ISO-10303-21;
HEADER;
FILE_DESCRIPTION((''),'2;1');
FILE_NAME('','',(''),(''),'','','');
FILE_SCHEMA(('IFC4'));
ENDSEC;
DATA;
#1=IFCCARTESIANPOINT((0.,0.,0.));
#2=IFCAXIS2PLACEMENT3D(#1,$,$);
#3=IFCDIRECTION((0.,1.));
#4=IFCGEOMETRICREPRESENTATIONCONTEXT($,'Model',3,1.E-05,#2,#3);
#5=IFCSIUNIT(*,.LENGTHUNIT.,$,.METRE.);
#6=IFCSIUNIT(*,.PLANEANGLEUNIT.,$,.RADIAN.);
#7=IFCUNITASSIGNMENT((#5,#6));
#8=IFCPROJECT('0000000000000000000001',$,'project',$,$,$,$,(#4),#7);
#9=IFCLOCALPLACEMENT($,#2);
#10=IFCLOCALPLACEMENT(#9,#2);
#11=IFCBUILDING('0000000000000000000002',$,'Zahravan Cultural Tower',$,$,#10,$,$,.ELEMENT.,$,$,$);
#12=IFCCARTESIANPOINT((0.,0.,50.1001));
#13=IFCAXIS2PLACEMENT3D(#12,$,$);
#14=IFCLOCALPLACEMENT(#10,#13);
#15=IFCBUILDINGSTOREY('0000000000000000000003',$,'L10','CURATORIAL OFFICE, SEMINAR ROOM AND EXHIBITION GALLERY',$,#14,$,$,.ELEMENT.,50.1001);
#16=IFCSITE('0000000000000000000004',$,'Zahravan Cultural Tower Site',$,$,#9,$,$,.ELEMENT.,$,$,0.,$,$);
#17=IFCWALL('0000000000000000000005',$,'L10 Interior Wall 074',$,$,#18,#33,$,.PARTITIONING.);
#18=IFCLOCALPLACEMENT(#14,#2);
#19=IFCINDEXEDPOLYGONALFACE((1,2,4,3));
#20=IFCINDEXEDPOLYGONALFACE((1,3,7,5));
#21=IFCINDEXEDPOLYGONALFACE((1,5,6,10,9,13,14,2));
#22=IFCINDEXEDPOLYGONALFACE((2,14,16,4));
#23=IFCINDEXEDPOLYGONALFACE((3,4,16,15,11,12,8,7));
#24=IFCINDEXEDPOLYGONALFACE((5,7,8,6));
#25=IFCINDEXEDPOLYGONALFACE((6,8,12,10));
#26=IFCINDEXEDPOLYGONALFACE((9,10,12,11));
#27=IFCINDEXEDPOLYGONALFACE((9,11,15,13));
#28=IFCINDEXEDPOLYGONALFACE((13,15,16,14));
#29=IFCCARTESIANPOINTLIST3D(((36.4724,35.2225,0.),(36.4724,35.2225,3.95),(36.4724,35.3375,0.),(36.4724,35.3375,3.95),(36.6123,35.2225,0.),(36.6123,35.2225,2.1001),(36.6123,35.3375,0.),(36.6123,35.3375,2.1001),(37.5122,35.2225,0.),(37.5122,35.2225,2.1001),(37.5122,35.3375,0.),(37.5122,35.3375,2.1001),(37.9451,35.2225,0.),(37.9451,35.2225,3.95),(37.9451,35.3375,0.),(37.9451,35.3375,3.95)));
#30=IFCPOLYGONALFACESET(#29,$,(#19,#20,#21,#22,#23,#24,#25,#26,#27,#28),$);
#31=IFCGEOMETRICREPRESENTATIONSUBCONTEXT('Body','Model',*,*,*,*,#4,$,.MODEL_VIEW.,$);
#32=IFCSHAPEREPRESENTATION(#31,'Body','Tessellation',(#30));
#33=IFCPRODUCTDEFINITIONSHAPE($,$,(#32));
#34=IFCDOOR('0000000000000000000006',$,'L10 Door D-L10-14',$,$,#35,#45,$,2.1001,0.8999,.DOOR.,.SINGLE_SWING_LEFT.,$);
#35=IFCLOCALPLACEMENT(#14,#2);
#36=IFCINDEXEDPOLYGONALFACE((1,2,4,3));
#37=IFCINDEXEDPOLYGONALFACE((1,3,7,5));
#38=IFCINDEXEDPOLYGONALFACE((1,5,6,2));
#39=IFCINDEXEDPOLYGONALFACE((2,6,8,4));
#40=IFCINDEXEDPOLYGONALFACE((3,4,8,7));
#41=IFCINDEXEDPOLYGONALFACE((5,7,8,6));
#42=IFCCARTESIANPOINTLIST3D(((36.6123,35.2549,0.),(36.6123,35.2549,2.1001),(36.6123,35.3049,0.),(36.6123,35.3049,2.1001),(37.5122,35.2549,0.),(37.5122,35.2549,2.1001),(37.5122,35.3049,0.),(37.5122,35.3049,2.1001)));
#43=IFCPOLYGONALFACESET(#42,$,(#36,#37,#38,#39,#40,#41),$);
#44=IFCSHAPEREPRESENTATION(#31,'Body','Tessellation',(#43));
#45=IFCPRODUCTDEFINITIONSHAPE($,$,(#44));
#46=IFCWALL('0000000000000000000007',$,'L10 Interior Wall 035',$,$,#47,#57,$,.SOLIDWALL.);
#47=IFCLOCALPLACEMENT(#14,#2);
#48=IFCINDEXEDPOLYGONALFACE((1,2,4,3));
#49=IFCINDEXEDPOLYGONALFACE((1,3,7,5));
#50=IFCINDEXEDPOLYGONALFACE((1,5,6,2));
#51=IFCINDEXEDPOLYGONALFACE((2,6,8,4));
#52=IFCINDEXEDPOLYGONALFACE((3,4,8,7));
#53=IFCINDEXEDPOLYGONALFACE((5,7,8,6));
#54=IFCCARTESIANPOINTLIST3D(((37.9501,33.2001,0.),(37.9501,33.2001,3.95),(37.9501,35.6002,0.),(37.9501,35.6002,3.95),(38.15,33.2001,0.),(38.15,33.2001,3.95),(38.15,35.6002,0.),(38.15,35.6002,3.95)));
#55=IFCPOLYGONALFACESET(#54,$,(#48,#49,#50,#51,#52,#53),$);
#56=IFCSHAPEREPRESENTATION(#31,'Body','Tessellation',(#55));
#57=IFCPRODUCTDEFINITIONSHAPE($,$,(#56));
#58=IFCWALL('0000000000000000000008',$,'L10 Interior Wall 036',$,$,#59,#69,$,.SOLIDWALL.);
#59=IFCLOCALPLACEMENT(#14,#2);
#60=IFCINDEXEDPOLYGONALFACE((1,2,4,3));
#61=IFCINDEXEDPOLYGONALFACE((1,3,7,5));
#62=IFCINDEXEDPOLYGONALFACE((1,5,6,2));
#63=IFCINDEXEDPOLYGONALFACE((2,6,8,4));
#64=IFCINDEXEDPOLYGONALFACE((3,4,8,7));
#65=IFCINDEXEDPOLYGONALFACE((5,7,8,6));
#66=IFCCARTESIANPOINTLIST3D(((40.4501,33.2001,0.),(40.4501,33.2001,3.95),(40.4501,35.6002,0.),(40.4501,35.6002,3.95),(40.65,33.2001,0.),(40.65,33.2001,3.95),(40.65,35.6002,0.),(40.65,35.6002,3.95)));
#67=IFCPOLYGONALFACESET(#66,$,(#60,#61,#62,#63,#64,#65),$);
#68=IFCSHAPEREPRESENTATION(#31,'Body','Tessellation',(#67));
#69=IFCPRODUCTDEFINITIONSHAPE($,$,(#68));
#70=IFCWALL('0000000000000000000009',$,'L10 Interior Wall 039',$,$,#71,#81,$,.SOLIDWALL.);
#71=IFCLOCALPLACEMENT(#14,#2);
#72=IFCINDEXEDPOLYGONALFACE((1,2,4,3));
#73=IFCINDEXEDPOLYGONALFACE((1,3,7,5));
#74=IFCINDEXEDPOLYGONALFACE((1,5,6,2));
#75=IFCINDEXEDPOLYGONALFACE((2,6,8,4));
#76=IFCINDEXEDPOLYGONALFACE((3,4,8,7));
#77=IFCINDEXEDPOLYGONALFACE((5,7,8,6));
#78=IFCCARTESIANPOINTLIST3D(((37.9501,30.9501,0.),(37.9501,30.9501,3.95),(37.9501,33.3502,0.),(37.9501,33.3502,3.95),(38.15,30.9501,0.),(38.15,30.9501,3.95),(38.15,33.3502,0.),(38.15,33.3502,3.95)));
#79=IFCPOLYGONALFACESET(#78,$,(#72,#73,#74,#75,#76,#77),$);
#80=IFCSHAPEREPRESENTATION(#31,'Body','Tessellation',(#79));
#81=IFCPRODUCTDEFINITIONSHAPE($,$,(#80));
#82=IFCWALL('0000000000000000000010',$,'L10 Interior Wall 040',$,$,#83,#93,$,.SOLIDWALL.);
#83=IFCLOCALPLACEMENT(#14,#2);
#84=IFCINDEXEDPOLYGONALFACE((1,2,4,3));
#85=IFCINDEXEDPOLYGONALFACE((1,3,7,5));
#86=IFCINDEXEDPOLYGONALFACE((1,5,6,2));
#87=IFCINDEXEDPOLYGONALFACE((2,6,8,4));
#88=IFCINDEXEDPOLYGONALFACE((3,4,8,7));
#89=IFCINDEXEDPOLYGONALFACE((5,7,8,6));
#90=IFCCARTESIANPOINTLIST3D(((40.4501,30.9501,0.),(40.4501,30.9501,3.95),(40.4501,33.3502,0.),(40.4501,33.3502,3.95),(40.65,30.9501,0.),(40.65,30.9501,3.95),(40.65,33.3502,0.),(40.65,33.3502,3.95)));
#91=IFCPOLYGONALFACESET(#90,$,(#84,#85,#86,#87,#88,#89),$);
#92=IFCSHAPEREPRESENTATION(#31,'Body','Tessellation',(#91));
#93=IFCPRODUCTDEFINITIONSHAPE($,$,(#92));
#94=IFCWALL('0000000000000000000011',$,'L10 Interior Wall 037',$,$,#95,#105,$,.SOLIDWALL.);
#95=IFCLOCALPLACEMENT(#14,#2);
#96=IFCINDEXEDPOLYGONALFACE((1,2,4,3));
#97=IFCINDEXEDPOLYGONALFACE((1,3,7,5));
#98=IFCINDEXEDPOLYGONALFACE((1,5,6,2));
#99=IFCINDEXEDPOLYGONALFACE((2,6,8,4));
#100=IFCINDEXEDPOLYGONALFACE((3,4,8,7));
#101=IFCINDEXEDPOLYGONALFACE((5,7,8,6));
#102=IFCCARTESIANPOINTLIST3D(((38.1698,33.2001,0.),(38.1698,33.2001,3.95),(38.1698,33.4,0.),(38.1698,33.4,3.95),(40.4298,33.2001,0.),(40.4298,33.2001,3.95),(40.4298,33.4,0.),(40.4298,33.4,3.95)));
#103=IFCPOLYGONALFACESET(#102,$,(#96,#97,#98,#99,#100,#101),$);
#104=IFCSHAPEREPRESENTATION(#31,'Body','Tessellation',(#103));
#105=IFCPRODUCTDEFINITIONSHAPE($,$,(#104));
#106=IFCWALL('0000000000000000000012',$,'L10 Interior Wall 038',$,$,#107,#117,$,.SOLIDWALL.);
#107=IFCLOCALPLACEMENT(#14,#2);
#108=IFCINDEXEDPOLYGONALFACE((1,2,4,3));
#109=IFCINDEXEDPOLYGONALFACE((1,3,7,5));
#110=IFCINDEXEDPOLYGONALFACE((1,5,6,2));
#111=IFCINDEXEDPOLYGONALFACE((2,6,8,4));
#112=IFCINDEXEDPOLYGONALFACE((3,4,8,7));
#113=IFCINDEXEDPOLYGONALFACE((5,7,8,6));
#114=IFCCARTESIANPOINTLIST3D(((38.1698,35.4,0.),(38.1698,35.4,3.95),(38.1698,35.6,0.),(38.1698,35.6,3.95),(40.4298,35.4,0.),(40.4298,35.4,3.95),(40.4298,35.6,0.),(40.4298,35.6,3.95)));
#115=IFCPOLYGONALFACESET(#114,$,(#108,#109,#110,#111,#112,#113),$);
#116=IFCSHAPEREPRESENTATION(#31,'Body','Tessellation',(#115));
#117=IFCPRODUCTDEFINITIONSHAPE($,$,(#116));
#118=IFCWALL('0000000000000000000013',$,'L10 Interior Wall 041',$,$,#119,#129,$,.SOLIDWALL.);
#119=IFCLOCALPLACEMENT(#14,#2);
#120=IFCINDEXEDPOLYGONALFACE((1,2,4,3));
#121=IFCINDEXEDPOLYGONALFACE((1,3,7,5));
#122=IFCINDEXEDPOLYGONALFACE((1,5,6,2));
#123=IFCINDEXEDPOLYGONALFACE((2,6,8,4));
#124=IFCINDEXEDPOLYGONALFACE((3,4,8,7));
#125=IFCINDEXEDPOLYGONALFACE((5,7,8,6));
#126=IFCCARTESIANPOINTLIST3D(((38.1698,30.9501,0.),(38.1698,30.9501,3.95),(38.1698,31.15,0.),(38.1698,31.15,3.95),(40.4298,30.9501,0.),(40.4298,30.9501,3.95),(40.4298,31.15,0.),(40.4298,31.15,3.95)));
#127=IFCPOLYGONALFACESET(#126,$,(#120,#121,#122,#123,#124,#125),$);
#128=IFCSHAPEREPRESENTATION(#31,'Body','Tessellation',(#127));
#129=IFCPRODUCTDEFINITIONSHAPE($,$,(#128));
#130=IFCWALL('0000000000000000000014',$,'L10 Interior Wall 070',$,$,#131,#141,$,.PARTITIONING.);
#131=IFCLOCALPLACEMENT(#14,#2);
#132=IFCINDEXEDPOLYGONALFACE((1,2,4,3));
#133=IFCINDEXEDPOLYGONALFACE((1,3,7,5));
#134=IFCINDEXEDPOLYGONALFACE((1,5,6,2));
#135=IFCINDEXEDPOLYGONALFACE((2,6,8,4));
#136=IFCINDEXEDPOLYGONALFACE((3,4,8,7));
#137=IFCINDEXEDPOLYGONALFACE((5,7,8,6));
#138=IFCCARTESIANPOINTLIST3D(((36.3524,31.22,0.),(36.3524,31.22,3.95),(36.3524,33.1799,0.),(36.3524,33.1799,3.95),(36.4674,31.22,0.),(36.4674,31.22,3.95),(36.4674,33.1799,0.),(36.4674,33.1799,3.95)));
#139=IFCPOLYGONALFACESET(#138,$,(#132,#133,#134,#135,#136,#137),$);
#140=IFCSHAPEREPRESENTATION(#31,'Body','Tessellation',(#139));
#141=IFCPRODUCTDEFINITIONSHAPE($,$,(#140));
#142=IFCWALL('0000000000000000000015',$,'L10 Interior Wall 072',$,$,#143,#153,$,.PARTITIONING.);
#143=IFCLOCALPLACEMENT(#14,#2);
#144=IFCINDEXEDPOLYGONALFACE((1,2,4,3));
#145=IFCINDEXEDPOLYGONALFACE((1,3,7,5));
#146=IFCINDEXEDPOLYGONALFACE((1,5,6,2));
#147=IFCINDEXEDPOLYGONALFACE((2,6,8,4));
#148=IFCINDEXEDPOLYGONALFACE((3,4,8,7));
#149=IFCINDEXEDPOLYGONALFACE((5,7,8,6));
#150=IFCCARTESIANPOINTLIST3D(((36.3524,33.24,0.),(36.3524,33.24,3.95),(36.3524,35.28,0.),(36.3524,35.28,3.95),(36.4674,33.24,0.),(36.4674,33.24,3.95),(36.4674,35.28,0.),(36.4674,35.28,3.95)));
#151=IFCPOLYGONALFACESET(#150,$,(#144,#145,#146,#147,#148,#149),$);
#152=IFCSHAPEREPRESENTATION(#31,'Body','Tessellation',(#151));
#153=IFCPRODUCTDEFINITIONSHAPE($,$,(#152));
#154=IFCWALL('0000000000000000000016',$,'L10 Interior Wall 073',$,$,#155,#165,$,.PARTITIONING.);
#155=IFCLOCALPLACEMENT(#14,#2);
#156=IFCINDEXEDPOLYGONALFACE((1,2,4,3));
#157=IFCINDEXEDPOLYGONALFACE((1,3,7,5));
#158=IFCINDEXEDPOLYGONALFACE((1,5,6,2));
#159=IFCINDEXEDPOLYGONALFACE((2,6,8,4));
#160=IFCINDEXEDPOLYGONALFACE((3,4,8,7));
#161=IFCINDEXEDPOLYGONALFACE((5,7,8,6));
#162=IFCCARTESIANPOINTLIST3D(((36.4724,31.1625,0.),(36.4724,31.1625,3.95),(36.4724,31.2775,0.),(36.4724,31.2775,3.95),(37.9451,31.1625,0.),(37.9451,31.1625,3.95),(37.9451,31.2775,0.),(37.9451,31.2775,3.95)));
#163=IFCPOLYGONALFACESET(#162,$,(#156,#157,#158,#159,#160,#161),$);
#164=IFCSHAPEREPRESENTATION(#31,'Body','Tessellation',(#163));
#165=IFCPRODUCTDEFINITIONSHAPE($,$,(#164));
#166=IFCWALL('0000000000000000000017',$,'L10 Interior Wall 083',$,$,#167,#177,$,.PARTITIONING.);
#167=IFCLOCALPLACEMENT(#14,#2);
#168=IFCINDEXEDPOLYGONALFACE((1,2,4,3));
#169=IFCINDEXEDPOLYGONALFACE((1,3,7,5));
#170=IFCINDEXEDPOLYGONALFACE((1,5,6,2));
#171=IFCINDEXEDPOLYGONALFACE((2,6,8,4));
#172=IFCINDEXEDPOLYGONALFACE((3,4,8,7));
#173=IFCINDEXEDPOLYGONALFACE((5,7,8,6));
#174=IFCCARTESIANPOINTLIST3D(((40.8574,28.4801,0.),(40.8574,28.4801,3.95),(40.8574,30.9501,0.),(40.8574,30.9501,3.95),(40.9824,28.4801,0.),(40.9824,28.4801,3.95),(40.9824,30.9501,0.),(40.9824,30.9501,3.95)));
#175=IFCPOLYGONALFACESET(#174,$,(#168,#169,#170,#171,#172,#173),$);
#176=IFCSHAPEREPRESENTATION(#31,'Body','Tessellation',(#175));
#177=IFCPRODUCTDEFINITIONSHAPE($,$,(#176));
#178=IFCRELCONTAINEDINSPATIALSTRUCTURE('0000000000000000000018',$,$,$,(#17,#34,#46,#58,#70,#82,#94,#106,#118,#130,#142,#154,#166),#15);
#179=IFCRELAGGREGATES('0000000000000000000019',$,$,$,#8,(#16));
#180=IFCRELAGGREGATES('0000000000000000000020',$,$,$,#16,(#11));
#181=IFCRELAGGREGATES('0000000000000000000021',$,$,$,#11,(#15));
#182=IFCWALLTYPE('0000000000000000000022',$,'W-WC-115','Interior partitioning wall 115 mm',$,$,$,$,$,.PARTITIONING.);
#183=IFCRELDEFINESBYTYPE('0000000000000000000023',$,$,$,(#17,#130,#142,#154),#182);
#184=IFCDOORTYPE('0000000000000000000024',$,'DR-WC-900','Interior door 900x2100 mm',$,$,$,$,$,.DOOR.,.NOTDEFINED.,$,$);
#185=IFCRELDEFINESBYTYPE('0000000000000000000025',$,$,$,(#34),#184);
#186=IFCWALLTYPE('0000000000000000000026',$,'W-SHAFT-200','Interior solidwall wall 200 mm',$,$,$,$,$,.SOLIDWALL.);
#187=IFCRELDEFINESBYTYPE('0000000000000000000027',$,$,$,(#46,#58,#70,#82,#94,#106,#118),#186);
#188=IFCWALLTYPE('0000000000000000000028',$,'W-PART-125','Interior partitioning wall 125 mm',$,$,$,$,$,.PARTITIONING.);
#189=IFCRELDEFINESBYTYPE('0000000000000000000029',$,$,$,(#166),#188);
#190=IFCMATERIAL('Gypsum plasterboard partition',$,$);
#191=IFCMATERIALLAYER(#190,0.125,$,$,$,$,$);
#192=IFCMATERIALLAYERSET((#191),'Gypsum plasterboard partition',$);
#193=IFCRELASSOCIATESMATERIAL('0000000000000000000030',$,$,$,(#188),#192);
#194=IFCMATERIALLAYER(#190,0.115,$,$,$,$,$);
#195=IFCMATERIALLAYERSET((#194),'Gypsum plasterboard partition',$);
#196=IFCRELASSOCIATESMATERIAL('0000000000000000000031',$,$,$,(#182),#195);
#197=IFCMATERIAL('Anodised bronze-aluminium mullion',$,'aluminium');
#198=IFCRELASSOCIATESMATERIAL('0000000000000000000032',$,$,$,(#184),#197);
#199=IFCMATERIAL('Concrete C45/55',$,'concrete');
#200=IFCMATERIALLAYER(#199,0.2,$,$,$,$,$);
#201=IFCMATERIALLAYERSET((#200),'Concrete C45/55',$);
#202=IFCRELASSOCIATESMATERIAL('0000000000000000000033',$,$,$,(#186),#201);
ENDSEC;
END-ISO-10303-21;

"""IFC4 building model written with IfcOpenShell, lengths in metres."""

from ifc_helpers import new_model, si_unit, direction, frame, frame_2d, origin, place, context, subcontext, project, spatial, rectangle, extrude, source, transform, mapped, material, layer, layer_set, type_object, element, fill, save


model = new_model("IFC4")

# Units and contexts
model_context = context("Model", 3, precision=1e-05, world=origin(), true_north=direction((0.0, 1.0)))
body_context = subcontext(model_context, "Body", "Model", "MODEL_VIEW")
ifc_project = project(units=[si_unit("LENGTHUNIT", "METRE"), si_unit("PLANEANGLEUNIT", "RADIAN")], contexts=[model_context])

# Site, building, storey
site_placement = place(None, origin())
site = spatial("IfcSite", under=ifc_project, at=site_placement, Name="Zahravan Cultural Tower Site", CompositionType="ELEMENT", RefElevation=0.0)
building_placement = place(site_placement, origin())
building = spatial("IfcBuilding", under=site, at=building_placement, Name="Zahravan Cultural Tower", CompositionType="ELEMENT")
storey_placement = place(building_placement, frame((0.0, 0.0, 50.1001)))
storey = spatial("IfcBuildingStorey", under=building, at=storey_placement, Name="L10", Description="CURATORIAL OFFICE, SEMINAR ROOM AND EXHIBITION GALLERY", CompositionType="ELEMENT", Elevation=50.1001)

# Shared definitions
ifc_material_1 = material(Name="Anodised bronze-aluminium mullion", Category="aluminium")

# Wall, opening, door
ifc_material_2 = material(Name="Gypsum plasterboard partition")
ifc_layer_1 = layer(ifc_material_2, 0.125)
ifc_layer_set_1 = layer_set([ifc_layer_1], Name="Gypsum plasterboard partition")
wall_type_1 = type_object("IfcWallType", Name="W-PART-125", Description="Interior partitioning wall 125 mm", PredefinedType="PARTITIONING", material=ifc_layer_set_1)
ifc_layer_2 = layer(ifc_material_2, 0.115)
ifc_layer_set_2 = layer_set([ifc_layer_2], Name="Gypsum plasterboard partition")
wall_type_2 = type_object("IfcWallType", Name="W-WC-115", Description="Interior partitioning wall 115 mm", PredefinedType="PARTITIONING", material=ifc_layer_set_2)
door_type_1 = type_object("IfcDoorType", Name="DR-WC-900", Description="Interior door 900x2100 mm", OperationType="NOTDEFINED", PredefinedType="DOOR", material=ifc_material_1)
shared_shape_1 = source(origin(), body_context, "Body", "SweptSolid", [
    extrude(rectangle(XDim=0.8999, YDim=2.1001, at=frame_2d((0.45, 1.05))), frame((0.0, 0.0249, 0.0), z_axis=(0.0, -1.0, 0.0), x_axis=(1.0, 0.0, 0.0)), (0.0, 0.0, 1.0), 0.05),
])
wall_1_placement = place(storey_placement, frame((36.4724, 35.28, 0.0), z_axis=(0.0, 0.0, 1.0), x_axis=(1.0, 0.0, 0.0)))
wall_1 = element("IfcWall", 1, at=wall_1_placement, inside=storey, type_object=wall_type_2, Name="L10 Interior Wall 074", PredefinedType="PARTITIONING", context=body_context, shape_type="SweptSolid", body=[
    extrude(rectangle(XDim=1.4727, YDim=0.115, at=frame_2d((0.7363, 0.0))), origin(), (0.0, 0.0, 1.0), 3.95),
])
opening_1_placement = place(wall_1_placement, frame((0.1399, 0.0, 0.0)))
opening_1 = element("IfcOpeningElement", 2, at=opening_1_placement, cuts=wall_1, PredefinedType="OPENING", context=body_context, shape_type="SweptSolid", body=[
    extrude(rectangle(XDim=0.8999, YDim=2.1001, at=frame_2d((0.45, 1.05))), frame((0.0, 0.0674, 0.0), z_axis=(0.0, -1.0, 0.0), x_axis=(1.0, 0.0, 0.0)), (0.0, 0.0, 1.0), 0.135),
])
door_1_placement = place(opening_1_placement, origin())
door_1 = element("IfcDoor", 3, at=door_1_placement, inside=storey, type_object=door_type_1, Name="L10 Door D-L10-14", OperationType="SINGLE_SWING_LEFT", OverallHeight=2.1001, OverallWidth=0.8999, PredefinedType="DOOR", context=body_context, shape_type="MappedRepresentation", body=[
    mapped(shared_shape_1, transform((0.0, 0.0, 0.0), x_axis=(1.0, 0.0, 0.0), y_axis=(0.0, 1.0, 0.0), z_axis=(0.0, 0.0, 1.0), scale=1.0)),
])
fill(opening_1, door_1)

# Walls
ifc_material_3 = material(Name="Concrete C45/55", Category="concrete")
ifc_layer_3 = layer(ifc_material_3, 0.2)
ifc_layer_set_3 = layer_set([ifc_layer_3], Name="Concrete C45/55")
wall_type_3 = type_object("IfcWallType", Name="W-SHAFT-200", Description="Interior solidwall wall 200 mm", PredefinedType="SOLIDWALL", material=ifc_layer_set_3)
shared_shape_2 = source(origin(), body_context, "Body", "SweptSolid", [
    extrude(rectangle(XDim=2.4001, YDim=0.2, at=frame_2d((1.2002, 0.0))), origin(), (0.0, 0.0, 1.0), 3.95),
])
for number, where, z_axis, x_axis, name in (
    (4, (38.05, 33.2, 0.0), (0.0, 0.0, 1.0), (0.0, 1.0, 0.0), "L10 Interior Wall 035"),
    (5, (40.55, 33.2, 0.0), (0.0, 0.0, 1.0), (0.0, 1.0, 0.0), "L10 Interior Wall 036"),
    (6, (38.05, 30.95, 0.0), (0.0, 0.0, 1.0), (0.0, 1.0, 0.0), "L10 Interior Wall 039"),
    (7, (40.55, 30.95, 0.0), (0.0, 0.0, 1.0), (0.0, 1.0, 0.0), "L10 Interior Wall 040"),
):
    element("IfcWall", number, at=place(storey_placement, frame(where, z_axis=z_axis, x_axis=x_axis)), inside=storey, type_object=wall_type_3, Name=name, PredefinedType="SOLIDWALL", context=body_context, shape_type="MappedRepresentation", body=[
        mapped(shared_shape_2, transform((0.0, 0.0, 0.0), x_axis=(1.0, 0.0, 0.0), y_axis=(0.0, 1.0, 0.0), z_axis=(0.0, 0.0, 1.0), scale=1.0)),
    ])
shared_shape_3 = source(origin(), body_context, "Body", "SweptSolid", [
    extrude(rectangle(XDim=2.26, YDim=0.2, at=frame_2d((1.1299, 0.0))), origin(), (0.0, 0.0, 1.0), 3.95),
])
for number, where, z_axis, x_axis, name in (
    (8, (38.1699, 33.3, 0.0), (0.0, 0.0, 1.0), (1.0, 0.0, 0.0), "L10 Interior Wall 037"),
    (9, (38.1699, 35.5, 0.0), (0.0, 0.0, 1.0), (1.0, 0.0, 0.0), "L10 Interior Wall 038"),
    (10, (38.1699, 31.05, 0.0), (0.0, 0.0, 1.0), (1.0, 0.0, 0.0), "L10 Interior Wall 041"),
):
    element("IfcWall", number, at=place(storey_placement, frame(where, z_axis=z_axis, x_axis=x_axis)), inside=storey, type_object=wall_type_3, Name=name, PredefinedType="SOLIDWALL", context=body_context, shape_type="MappedRepresentation", body=[
        mapped(shared_shape_3, transform((0.0, 0.0, 0.0), x_axis=(1.0, 0.0, 0.0), y_axis=(0.0, 1.0, 0.0), z_axis=(0.0, 0.0, 1.0), scale=1.0)),
    ])
shared_shape_4 = source(origin(), body_context, "Body", "SweptSolid", [
    extrude(rectangle(XDim=1.96, YDim=0.115, at=frame_2d((0.98, 0.0))), origin(), (0.0, 0.0, 1.0), 3.95),
])
wall_2_placement = place(storey_placement, frame((36.4099, 33.1799, 0.0), z_axis=(0.0, 0.0, 1.0), x_axis=(0.0, -1.0, 0.0)))
element("IfcWall", 11, at=wall_2_placement, inside=storey, type_object=wall_type_2, Name="L10 Interior Wall 070", PredefinedType="PARTITIONING", context=body_context, shape_type="MappedRepresentation", body=[
    mapped(shared_shape_4, transform((0.0, 0.0, 0.0), x_axis=(1.0, 0.0, 0.0), y_axis=(0.0, 1.0, 0.0), z_axis=(0.0, 0.0, 1.0), scale=1.0)),
])
shared_shape_5 = source(origin(), body_context, "Body", "SweptSolid", [
    extrude(rectangle(XDim=2.04, YDim=0.115, at=frame_2d((1.02, 0.0))), origin(), (0.0, 0.0, 1.0), 3.95),
])
wall_3_placement = place(storey_placement, frame((36.4099, 35.28, 0.0), z_axis=(0.0, 0.0, 1.0), x_axis=(0.0, -1.0, 0.0)))
element("IfcWall", 12, at=wall_3_placement, inside=storey, type_object=wall_type_2, Name="L10 Interior Wall 072", PredefinedType="PARTITIONING", context=body_context, shape_type="MappedRepresentation", body=[
    mapped(shared_shape_5, transform((0.0, 0.0, 0.0), x_axis=(1.0, 0.0, 0.0), y_axis=(0.0, 1.0, 0.0), z_axis=(0.0, 0.0, 1.0), scale=1.0)),
])
shared_shape_6 = source(origin(), body_context, "Body", "SweptSolid", [
    extrude(rectangle(XDim=1.4727, YDim=0.115, at=frame_2d((0.7363, 0.0))), origin(), (0.0, 0.0, 1.0), 3.95),
])
wall_4_placement = place(storey_placement, frame((37.9451, 31.22, 0.0), z_axis=(0.0, 0.0, 1.0), x_axis=(-1.0, 0.0, 0.0)))
element("IfcWall", 13, at=wall_4_placement, inside=storey, type_object=wall_type_2, Name="L10 Interior Wall 073", PredefinedType="PARTITIONING", context=body_context, shape_type="MappedRepresentation", body=[
    mapped(shared_shape_6, transform((0.0, 0.0, 0.0), x_axis=(1.0, 0.0, 0.0), y_axis=(0.0, 1.0, 0.0), z_axis=(0.0, 0.0, 1.0), scale=1.0)),
])
shared_shape_7 = source(origin(), body_context, "Body", "SweptSolid", [
    extrude(rectangle(XDim=2.47, YDim=0.125, at=frame_2d((1.2349, 0.0))), origin(), (0.0, 0.0, 1.0), 3.95),
])
wall_5_placement = place(storey_placement, frame((40.9199, 30.95, 0.0), z_axis=(0.0, 0.0, 1.0), x_axis=(0.0, -1.0, 0.0)))
element("IfcWall", 14, at=wall_5_placement, inside=storey, type_object=wall_type_1, Name="L10 Interior Wall 083", PredefinedType="PARTITIONING", context=body_context, shape_type="MappedRepresentation", body=[
    mapped(shared_shape_7, transform((0.0, 0.0, 0.0), x_axis=(1.0, 0.0, 0.0), y_axis=(0.0, 1.0, 0.0), z_axis=(0.0, 0.0, 1.0), scale=1.0)),
])

save(model, "model.ifc")
